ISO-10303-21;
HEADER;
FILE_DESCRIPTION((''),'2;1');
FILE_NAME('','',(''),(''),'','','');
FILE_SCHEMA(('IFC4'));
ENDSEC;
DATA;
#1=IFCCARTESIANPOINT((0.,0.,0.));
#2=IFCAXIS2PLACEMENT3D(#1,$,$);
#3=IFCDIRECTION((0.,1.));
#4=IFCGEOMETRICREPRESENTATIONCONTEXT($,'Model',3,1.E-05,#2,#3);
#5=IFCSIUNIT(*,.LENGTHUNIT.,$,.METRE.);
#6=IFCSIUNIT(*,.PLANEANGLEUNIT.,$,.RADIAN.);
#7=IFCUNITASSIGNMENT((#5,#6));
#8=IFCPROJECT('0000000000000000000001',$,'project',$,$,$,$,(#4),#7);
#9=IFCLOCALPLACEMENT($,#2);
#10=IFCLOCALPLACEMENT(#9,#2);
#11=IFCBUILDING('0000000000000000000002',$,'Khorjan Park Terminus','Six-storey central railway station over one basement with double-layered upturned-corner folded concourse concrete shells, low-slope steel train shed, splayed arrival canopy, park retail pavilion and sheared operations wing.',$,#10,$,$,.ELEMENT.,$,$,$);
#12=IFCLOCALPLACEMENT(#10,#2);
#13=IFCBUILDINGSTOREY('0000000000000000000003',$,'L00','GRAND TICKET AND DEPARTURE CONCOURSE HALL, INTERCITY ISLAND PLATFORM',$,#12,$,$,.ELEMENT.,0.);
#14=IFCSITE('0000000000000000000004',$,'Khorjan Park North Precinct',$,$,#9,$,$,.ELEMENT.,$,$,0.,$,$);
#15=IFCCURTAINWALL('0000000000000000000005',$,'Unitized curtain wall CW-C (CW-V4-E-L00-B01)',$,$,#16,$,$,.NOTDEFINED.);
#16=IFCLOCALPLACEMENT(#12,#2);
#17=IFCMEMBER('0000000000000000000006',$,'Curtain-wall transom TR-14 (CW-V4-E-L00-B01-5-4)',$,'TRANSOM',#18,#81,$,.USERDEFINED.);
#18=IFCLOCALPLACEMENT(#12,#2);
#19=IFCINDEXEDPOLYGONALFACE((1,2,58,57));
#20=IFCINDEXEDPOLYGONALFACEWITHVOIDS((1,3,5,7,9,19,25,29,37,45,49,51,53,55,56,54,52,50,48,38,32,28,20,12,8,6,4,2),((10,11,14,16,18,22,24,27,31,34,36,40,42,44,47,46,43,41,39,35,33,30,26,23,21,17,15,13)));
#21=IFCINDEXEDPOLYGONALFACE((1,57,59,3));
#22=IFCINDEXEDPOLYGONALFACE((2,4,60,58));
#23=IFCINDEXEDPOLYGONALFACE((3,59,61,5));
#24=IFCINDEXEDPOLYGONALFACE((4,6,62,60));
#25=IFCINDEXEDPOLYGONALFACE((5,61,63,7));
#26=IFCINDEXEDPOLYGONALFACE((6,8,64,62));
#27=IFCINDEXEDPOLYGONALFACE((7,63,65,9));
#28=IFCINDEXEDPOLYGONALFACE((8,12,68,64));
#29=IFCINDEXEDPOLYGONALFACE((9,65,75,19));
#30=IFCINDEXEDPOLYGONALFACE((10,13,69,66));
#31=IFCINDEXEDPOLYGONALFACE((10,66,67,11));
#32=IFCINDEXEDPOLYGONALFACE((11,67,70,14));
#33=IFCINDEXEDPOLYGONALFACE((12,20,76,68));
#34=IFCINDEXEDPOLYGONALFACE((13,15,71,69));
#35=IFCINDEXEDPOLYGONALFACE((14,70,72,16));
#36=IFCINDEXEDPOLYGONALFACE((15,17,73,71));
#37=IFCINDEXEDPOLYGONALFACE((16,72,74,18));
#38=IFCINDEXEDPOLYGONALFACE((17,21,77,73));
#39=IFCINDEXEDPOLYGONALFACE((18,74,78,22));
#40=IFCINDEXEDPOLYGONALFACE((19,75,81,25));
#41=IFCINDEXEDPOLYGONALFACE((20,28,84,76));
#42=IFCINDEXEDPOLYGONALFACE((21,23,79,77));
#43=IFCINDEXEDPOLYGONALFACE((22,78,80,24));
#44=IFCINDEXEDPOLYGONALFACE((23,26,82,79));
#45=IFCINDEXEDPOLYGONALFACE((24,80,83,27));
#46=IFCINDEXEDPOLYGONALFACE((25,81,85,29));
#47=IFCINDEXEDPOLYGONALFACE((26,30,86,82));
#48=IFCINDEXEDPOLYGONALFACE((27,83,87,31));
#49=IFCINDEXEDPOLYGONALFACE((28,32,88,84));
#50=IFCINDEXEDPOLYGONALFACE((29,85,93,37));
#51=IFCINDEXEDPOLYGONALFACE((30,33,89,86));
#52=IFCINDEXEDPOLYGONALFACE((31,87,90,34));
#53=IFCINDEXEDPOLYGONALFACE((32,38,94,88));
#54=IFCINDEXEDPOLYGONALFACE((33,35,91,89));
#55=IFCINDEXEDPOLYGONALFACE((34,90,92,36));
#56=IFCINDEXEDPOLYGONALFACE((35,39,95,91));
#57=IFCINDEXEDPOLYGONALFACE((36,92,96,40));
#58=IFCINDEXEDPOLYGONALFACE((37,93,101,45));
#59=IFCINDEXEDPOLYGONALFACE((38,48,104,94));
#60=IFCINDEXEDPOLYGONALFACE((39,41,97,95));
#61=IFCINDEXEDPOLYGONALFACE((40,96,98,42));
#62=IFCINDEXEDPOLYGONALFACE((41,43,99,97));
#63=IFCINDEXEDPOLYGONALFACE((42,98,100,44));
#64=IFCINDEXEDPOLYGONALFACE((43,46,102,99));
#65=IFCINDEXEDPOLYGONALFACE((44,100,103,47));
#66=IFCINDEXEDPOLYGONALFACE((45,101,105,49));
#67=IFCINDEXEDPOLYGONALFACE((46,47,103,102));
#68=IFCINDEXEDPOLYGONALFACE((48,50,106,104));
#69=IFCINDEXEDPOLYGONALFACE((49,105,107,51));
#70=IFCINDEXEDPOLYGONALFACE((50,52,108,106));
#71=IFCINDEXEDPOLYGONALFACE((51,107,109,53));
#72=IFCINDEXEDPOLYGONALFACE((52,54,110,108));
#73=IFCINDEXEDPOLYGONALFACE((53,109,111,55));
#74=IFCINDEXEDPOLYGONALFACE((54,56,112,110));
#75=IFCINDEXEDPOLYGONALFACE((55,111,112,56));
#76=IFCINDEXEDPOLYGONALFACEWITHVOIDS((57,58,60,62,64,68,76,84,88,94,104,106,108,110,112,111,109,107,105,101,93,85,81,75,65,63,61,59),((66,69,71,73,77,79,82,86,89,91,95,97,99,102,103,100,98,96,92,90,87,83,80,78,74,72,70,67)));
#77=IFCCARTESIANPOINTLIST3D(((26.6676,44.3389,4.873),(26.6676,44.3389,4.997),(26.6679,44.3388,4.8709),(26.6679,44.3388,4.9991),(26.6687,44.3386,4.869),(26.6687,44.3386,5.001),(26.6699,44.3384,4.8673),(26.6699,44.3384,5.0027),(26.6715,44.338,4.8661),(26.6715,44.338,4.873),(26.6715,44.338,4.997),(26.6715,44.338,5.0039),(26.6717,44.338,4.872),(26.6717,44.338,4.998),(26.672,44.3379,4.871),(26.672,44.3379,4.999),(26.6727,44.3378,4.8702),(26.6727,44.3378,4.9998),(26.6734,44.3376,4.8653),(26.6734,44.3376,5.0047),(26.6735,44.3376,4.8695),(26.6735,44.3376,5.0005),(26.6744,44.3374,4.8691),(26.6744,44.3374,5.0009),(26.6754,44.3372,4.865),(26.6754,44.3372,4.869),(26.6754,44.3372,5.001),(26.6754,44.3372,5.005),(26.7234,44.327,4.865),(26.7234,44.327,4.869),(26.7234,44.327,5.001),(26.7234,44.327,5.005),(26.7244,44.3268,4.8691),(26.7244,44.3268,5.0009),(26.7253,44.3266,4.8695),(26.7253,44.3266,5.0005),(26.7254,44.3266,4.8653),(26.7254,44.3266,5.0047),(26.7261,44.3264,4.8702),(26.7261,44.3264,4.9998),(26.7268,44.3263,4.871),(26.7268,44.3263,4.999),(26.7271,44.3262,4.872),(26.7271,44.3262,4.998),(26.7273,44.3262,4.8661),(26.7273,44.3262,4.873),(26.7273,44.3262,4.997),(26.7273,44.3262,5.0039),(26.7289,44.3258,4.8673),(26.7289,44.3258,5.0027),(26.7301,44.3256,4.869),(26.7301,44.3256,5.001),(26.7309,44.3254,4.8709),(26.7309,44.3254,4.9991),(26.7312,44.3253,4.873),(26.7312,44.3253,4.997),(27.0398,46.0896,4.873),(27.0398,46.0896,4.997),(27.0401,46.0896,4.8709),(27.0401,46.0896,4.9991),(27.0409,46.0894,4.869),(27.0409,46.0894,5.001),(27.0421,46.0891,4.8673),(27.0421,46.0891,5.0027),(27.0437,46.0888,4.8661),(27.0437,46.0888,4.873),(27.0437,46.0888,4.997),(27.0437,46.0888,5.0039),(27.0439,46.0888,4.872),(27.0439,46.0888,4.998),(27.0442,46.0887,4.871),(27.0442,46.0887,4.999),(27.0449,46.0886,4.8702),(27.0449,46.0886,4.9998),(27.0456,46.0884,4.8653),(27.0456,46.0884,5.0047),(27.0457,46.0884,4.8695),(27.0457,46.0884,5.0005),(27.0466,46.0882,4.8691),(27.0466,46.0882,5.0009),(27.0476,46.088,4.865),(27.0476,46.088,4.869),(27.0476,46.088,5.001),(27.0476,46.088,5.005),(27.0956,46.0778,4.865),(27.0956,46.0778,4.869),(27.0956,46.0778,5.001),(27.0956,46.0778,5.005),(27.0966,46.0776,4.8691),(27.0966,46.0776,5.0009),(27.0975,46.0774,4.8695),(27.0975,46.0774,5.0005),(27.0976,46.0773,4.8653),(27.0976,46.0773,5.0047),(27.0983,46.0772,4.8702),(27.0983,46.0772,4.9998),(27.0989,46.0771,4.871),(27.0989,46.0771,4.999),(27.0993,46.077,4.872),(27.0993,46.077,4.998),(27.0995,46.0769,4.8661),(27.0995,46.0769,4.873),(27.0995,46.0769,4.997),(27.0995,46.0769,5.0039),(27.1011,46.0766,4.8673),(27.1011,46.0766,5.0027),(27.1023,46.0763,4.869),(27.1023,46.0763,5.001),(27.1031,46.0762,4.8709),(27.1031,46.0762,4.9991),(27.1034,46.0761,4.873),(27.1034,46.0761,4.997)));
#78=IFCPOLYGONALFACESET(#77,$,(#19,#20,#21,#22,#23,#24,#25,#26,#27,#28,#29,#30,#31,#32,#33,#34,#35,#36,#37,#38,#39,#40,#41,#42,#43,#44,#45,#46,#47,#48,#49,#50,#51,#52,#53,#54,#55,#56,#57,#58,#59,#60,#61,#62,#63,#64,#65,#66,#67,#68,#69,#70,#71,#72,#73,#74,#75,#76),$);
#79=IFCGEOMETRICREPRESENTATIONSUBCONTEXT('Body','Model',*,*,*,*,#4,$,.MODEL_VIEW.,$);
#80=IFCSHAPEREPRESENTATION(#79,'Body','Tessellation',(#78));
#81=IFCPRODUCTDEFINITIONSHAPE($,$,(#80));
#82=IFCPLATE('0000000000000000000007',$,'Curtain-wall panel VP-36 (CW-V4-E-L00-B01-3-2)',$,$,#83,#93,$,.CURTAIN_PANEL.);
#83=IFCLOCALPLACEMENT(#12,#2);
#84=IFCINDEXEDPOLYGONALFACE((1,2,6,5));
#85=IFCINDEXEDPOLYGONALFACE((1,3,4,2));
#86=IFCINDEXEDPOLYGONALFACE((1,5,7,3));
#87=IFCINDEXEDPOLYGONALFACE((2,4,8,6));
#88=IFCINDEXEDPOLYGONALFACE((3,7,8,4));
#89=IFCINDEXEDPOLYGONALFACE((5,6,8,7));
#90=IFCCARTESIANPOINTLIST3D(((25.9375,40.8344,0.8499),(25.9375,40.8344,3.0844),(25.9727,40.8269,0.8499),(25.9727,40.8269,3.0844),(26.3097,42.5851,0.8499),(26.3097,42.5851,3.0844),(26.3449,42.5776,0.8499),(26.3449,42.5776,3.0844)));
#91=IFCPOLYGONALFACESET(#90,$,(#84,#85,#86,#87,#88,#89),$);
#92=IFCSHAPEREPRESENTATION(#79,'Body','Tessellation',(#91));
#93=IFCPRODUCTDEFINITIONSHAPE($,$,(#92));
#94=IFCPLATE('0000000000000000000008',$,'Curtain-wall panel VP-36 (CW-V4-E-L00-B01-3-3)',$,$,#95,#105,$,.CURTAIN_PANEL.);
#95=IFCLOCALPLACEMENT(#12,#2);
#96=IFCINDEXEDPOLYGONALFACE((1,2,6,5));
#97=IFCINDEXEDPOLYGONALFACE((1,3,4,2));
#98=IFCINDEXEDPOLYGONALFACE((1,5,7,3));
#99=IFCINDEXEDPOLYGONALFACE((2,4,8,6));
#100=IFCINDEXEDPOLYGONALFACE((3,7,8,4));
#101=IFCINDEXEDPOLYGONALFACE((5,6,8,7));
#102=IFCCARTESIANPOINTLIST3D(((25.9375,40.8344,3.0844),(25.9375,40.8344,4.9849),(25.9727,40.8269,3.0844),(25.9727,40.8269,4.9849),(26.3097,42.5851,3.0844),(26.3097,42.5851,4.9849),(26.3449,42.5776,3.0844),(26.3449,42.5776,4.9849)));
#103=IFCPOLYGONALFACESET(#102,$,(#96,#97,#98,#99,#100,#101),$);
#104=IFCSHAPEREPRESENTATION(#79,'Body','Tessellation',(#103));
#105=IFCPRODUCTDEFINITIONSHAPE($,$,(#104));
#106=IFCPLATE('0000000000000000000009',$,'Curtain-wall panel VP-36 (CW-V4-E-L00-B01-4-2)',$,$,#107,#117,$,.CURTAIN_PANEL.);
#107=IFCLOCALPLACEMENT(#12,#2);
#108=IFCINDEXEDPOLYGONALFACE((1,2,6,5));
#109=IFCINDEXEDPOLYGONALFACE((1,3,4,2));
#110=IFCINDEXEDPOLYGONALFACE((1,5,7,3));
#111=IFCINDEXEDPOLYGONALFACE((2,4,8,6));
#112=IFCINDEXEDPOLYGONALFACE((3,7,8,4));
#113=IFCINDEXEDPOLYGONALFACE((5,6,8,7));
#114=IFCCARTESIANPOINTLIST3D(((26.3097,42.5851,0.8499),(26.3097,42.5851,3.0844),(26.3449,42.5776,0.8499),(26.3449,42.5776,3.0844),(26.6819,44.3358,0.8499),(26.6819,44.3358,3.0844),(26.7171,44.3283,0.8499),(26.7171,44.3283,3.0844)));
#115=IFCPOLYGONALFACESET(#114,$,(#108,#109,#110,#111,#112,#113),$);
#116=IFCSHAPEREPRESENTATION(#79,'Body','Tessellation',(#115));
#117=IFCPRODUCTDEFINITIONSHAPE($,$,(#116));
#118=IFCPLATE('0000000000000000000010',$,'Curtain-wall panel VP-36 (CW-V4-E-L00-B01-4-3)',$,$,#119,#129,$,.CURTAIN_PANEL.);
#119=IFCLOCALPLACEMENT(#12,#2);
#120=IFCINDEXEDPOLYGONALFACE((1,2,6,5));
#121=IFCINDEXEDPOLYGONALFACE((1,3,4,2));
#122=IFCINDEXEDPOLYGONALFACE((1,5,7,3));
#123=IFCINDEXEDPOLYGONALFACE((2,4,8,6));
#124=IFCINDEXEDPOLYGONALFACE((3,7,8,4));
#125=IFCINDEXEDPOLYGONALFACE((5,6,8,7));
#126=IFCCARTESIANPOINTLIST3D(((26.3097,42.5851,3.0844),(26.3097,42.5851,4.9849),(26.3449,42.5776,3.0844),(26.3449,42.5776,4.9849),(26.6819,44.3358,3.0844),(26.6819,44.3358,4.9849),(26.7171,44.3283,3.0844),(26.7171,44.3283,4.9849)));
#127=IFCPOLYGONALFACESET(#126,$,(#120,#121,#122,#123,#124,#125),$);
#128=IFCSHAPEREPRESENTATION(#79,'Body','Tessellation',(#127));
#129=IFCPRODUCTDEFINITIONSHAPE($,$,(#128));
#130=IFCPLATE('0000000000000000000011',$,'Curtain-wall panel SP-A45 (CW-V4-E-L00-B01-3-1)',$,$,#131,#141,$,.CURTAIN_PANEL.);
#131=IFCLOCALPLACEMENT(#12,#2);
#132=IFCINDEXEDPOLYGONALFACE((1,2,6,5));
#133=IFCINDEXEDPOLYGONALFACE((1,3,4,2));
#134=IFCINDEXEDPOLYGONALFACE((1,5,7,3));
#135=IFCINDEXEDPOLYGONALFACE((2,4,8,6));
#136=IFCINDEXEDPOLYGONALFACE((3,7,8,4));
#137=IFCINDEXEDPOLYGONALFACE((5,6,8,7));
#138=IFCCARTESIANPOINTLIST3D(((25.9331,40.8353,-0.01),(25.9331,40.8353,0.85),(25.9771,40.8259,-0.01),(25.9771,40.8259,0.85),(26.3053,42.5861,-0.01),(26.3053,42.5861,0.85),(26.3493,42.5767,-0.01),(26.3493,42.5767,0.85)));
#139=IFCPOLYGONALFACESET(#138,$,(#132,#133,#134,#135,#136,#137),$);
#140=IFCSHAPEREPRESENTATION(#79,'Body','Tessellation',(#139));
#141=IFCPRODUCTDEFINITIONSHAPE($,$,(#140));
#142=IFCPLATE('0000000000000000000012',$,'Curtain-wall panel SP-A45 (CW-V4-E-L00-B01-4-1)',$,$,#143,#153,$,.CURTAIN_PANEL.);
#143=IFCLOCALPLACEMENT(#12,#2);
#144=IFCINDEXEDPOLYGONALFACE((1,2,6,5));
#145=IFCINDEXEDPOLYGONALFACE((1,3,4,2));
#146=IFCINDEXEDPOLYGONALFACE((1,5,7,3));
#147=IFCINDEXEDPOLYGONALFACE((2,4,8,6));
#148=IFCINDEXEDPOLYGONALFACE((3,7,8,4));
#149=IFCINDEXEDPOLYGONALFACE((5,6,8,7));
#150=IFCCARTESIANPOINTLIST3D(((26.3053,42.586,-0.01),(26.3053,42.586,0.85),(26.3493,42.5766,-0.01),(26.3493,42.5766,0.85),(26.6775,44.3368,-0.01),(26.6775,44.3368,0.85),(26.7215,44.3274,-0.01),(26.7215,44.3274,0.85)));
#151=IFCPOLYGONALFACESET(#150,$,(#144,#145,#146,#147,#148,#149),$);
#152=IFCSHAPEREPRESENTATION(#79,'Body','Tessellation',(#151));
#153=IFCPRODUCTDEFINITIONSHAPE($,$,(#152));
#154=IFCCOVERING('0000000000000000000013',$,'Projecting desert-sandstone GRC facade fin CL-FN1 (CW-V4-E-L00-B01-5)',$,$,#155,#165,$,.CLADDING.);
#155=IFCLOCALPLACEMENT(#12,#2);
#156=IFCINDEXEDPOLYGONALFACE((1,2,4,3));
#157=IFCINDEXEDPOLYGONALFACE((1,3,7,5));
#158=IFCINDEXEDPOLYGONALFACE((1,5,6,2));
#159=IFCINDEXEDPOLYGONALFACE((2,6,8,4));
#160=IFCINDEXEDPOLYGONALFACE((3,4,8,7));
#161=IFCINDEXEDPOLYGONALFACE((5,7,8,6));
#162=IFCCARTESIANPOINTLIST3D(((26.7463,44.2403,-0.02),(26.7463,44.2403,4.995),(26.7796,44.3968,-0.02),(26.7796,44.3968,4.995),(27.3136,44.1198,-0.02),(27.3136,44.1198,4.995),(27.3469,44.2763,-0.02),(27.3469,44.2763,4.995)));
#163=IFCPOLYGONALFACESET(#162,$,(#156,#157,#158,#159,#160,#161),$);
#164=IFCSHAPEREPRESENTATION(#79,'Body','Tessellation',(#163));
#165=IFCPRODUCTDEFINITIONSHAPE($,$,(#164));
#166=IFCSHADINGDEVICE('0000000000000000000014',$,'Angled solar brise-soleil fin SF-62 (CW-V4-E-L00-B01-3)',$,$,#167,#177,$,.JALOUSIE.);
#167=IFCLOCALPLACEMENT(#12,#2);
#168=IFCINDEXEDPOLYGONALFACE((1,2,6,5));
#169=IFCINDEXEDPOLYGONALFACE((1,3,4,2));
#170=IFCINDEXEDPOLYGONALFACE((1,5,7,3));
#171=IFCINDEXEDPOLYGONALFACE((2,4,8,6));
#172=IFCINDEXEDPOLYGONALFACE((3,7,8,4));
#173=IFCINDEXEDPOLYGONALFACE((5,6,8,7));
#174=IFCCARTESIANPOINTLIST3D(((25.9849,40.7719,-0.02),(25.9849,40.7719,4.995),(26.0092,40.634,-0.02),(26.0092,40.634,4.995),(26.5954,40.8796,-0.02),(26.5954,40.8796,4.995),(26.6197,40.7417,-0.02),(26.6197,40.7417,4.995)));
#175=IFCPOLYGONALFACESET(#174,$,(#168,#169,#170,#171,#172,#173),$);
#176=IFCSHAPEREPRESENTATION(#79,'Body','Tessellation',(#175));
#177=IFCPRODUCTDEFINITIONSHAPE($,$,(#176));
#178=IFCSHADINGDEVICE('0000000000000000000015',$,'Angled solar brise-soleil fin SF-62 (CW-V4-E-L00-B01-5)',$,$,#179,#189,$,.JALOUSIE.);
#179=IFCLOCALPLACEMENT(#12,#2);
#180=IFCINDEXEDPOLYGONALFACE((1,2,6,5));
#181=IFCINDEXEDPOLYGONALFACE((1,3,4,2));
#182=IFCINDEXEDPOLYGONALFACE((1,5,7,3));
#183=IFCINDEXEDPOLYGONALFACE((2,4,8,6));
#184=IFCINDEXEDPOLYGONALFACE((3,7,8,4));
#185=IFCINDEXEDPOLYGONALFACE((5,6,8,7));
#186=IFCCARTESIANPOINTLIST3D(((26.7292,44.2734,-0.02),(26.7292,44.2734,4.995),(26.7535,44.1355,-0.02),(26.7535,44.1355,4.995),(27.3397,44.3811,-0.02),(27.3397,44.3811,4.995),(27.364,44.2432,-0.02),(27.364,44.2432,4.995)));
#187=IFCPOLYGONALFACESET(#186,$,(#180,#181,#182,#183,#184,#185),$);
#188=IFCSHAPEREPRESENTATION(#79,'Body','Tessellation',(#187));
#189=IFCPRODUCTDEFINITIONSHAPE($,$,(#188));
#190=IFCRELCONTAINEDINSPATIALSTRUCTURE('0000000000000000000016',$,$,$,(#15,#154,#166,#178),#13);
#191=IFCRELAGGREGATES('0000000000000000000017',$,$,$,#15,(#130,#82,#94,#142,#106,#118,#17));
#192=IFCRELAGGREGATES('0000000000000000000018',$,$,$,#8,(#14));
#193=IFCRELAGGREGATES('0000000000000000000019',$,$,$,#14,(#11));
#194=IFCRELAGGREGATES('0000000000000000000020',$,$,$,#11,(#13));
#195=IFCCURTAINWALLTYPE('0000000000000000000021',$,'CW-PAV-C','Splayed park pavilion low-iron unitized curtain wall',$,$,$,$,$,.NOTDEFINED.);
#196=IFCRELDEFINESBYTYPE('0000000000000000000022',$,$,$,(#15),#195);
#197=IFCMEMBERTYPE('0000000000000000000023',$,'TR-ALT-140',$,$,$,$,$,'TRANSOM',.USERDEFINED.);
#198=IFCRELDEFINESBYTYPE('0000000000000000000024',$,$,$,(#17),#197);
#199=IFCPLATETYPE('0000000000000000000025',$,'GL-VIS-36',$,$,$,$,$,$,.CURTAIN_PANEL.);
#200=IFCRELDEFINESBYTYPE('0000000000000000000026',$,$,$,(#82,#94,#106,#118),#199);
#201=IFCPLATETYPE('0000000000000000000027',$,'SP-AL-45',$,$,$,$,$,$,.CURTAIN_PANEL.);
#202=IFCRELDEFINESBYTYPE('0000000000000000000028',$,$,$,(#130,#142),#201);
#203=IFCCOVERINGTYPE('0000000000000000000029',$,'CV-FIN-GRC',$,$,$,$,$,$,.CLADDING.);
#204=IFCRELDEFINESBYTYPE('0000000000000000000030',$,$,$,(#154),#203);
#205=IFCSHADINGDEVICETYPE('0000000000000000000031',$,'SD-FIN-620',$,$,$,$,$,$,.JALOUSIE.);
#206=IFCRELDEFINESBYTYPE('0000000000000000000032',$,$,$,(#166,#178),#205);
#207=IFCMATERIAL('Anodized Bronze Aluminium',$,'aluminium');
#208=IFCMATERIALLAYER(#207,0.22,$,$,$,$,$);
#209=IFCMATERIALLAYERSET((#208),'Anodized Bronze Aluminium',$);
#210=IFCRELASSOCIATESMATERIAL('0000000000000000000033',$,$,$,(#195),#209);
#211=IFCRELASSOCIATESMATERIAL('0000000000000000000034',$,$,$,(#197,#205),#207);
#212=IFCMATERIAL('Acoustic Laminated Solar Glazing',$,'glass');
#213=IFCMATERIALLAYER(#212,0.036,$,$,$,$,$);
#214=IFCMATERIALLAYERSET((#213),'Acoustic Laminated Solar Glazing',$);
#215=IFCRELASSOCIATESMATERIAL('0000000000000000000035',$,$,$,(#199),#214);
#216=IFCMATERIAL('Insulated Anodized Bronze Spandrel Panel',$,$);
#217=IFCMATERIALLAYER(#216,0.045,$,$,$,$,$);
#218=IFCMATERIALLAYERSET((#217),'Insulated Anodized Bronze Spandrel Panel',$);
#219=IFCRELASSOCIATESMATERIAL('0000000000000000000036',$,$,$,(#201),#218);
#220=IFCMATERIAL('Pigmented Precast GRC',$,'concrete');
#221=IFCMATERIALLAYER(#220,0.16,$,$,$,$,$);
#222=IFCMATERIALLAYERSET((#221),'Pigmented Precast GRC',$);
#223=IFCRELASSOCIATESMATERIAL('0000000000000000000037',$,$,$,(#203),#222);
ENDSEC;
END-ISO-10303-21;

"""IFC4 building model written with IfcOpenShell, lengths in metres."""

from ifc_helpers import new_model, si_unit, direction, frame, origin, origin_2d, place, context, subcontext, project, spatial, rectangle, hollow_rectangle, extrude, material, layer, layer_set, material_profile, profile_set, type_object, element, aggregate, save


model = new_model("IFC4")

# Units and contexts
model_context = context("Model", 3, precision=1e-05, world=origin(), true_north=direction((0.0, 1.0)))
body_context = subcontext(model_context, "Body", "Model", "MODEL_VIEW")
ifc_project = project(units=[si_unit("LENGTHUNIT", "METRE"), si_unit("PLANEANGLEUNIT", "RADIAN")], contexts=[model_context])

# Site, building, storey
site_placement = place(None, origin())
site = spatial("IfcSite", under=ifc_project, at=site_placement, Name="Khorjan Park North Precinct", CompositionType="ELEMENT", RefElevation=0.0)
building_placement = place(site_placement, origin())
building = spatial("IfcBuilding", under=site, at=building_placement, Name="Khorjan Park Terminus", Description="Six-storey central railway station over one basement with double-layered upturned-corner folded concourse concrete shells, low-slope steel train shed, splayed arrival canopy, park retail pavilion and sheared operations wing.", CompositionType="ELEMENT")
storey_placement = place(building_placement, origin())
storey = spatial("IfcBuildingStorey", under=building, at=storey_placement, Name="L00", Description="GRAND TICKET AND DEPARTURE CONCOURSE HALL, INTERCITY ISLAND PLATFORM", CompositionType="ELEMENT", Elevation=0.0)

# Curtain wall, member, plates
ifc_material_1 = material(Name="Anodized Bronze Aluminium", Category="aluminium")
ifc_layer_1 = layer(ifc_material_1, 0.22)
ifc_layer_set_1 = layer_set([ifc_layer_1], Name="Anodized Bronze Aluminium")
curtain_wall_type = type_object("IfcCurtainWallType", Name="CW-PAV-C", Description="Splayed park pavilion low-iron unitized curtain wall", PredefinedType="NOTDEFINED", material=ifc_layer_set_1)
curtain_wall_placement = place(storey_placement, origin())
curtain_wall = element("IfcCurtainWall", 1, at=curtain_wall_placement, inside=storey, type_object=curtain_wall_type, Name="Unitized curtain wall CW-C (CW-V4-E-L00-B01)", PredefinedType="NOTDEFINED")
ifc_material_profile_1 = material_profile(ifc_material_1, hollow_rectangle(XDim=0.065, YDim=0.14, WallThickness=0.004, InnerFilletRadius=0.004, OuterFilletRadius=0.008, at=origin_2d()), Name="ALT 65x140x4")
ifc_profile_set_1 = profile_set([ifc_material_profile_1], Name="Anodized Bronze Aluminium")
member_type_1 = type_object("IfcMemberType", Name="TR-ALT-140", ElementType="TRANSOM", PredefinedType="USERDEFINED", material=ifc_profile_set_1)
member_1_placement = place(storey_placement, frame((26.6994, 44.3321, 4.935), z_axis=(0.207942, 0.978141, 0.0), x_axis=(-0.978141, 0.207942, 0.0)))
member_1 = element("IfcMember", 2, at=member_1_placement, type_object=member_type_1, Name="Curtain-wall transom TR-14 (CW-V4-E-L00-B01-5-4)", ObjectType="TRANSOM", PredefinedType="USERDEFINED", context=body_context, shape_type="SweptSolid", body=[
    extrude(hollow_rectangle(XDim=0.065, YDim=0.14, WallThickness=0.004, InnerFilletRadius=0.004, OuterFilletRadius=0.008, at=origin_2d()), origin(), (0.0, 0.0, 1.0), 1.7899),
])
ifc_material_2 = material(Name="Acoustic Laminated Solar Glazing", Category="glass")
ifc_layer_2 = layer(ifc_material_2, 0.036)
ifc_layer_set_2 = layer_set([ifc_layer_2], Name="Acoustic Laminated Solar Glazing")
plate_type_1 = type_object("IfcPlateType", Name="GL-VIS-36", PredefinedType="CURTAIN_PANEL", material=ifc_layer_set_2)
plate_1_placement = place(storey_placement, frame((26.1412, 41.706, 0.8499), z_axis=(0.0, 0.0, 1.0), x_axis=(0.207917, 0.978147, 0.0)))
plate_1 = element("IfcPlate", 3, at=plate_1_placement, type_object=plate_type_1, Name="Curtain-wall panel VP-36 (CW-V4-E-L00-B01-3-2)", PredefinedType="CURTAIN_PANEL", context=body_context, shape_type="SweptSolid", body=[
    extrude(rectangle(XDim=1.7899, YDim=0.036, at=origin_2d()), origin(), (0.0, 0.0, 1.0), 2.2345),
])
plate_2_placement = place(storey_placement, frame((26.1412, 41.706, 3.0844), z_axis=(0.0, 0.0, 1.0), x_axis=(0.207917, 0.978147, 0.0)))
plate_2 = element("IfcPlate", 4, at=plate_2_placement, type_object=plate_type_1, Name="Curtain-wall panel VP-36 (CW-V4-E-L00-B01-3-3)", PredefinedType="CURTAIN_PANEL", context=body_context, shape_type="SweptSolid", body=[
    extrude(rectangle(XDim=1.7899, YDim=0.036, at=origin_2d()), origin(), (0.0, 0.0, 1.0), 1.9005),
])
plate_3_placement = place(storey_placement, frame((26.5134, 43.4567, 0.8499), z_axis=(0.0, 0.0, 1.0), x_axis=(0.207917, 0.978147, 0.0)))
plate_3 = element("IfcPlate", 5, at=plate_3_placement, type_object=plate_type_1, Name="Curtain-wall panel VP-36 (CW-V4-E-L00-B01-4-2)", PredefinedType="CURTAIN_PANEL", context=body_context, shape_type="SweptSolid", body=[
    extrude(rectangle(XDim=1.7899, YDim=0.036, at=origin_2d()), origin(), (0.0, 0.0, 1.0), 2.2345),
])
plate_4_placement = place(storey_placement, frame((26.5134, 43.4567, 3.0844), z_axis=(0.0, 0.0, 1.0), x_axis=(0.207917, 0.978147, 0.0)))
plate_4 = element("IfcPlate", 6, at=plate_4_placement, type_object=plate_type_1, Name="Curtain-wall panel VP-36 (CW-V4-E-L00-B01-4-3)", PredefinedType="CURTAIN_PANEL", context=body_context, shape_type="SweptSolid", body=[
    extrude(rectangle(XDim=1.7899, YDim=0.036, at=origin_2d()), origin(), (0.0, 0.0, 1.0), 1.9005),
])
ifc_material_3 = material(Name="Insulated Anodized Bronze Spandrel Panel")
ifc_layer_3 = layer(ifc_material_3, 0.045)
ifc_layer_set_3 = layer_set([ifc_layer_3], Name="Insulated Anodized Bronze Spandrel Panel")
plate_type_2 = type_object("IfcPlateType", Name="SP-AL-45", PredefinedType="CURTAIN_PANEL", material=ifc_layer_set_3)
plate_5_placement = place(storey_placement, frame((26.1412, 41.706, -0.01), z_axis=(0.0, 0.0, 1.0), x_axis=(0.207917, 0.978147, 0.0)))
plate_5 = element("IfcPlate", 7, at=plate_5_placement, type_object=plate_type_2, Name="Curtain-wall panel SP-A45 (CW-V4-E-L00-B01-3-1)", PredefinedType="CURTAIN_PANEL", context=body_context, shape_type="SweptSolid", body=[
    extrude(rectangle(XDim=1.7899, YDim=0.045, at=origin_2d()), origin(), (0.0, 0.0, 1.0), 0.86),
])
plate_6_placement = place(storey_placement, frame((26.5134, 43.4567, -0.01), z_axis=(0.0, 0.0, 1.0), x_axis=(0.207917, 0.978147, 0.0)))
plate_6 = element("IfcPlate", 8, at=plate_6_placement, type_object=plate_type_2, Name="Curtain-wall panel SP-A45 (CW-V4-E-L00-B01-4-1)", PredefinedType="CURTAIN_PANEL", context=body_context, shape_type="SweptSolid", body=[
    extrude(rectangle(XDim=1.7899, YDim=0.045, at=origin_2d()), origin(), (0.0, 0.0, 1.0), 0.86),
])
aggregate(curtain_wall, [plate_5, plate_1, plate_2, plate_6, plate_3, plate_4, member_1])

# Covering
ifc_material_4 = material(Name="Pigmented Precast GRC", Category="concrete")
ifc_layer_4 = layer(ifc_material_4, 0.16)
ifc_layer_set_4 = layer_set([ifc_layer_4], Name="Pigmented Precast GRC")
covering_type = type_object("IfcCoveringType", Name="CV-FIN-GRC", PredefinedType="CLADDING", material=ifc_layer_set_4)
covering_placement = place(storey_placement, frame((27.0466, 44.2583, -0.02), z_axis=(0.0, 0.0, 1.0), x_axis=(-0.978148, 0.207912, 0.0)))
element("IfcCovering", 9, at=covering_placement, inside=storey, type_object=covering_type, Name="Projecting desert-sandstone GRC facade fin CL-FN1 (CW-V4-E-L00-B01-5)", PredefinedType="CLADDING", context=body_context, shape_type="SweptSolid", body=[
    extrude(rectangle(XDim=0.58, YDim=0.16, at=origin_2d()), origin(), (0.0, 0.0, 1.0), 5.015),
])

# Shading devices
shading_device_type = type_object("IfcShadingDeviceType", Name="SD-FIN-620", PredefinedType="JALOUSIE", material=ifc_material_1)
for number, where, z_axis, x_axis, name in (
    (10, (26.3023, 40.7568, -0.02), (0.0, 0.0, 1.0), (-0.984808, -0.173648, 0.0), "Angled solar brise-soleil fin SF-62 (CW-V4-E-L00-B01-3)"),
    (11, (27.0466, 44.2583, -0.02), (0.0, 0.0, 1.0), (-0.984808, -0.173648, 0.0), "Angled solar brise-soleil fin SF-62 (CW-V4-E-L00-B01-5)"),
):
    element("IfcShadingDevice", number, at=place(storey_placement, frame(where, z_axis=z_axis, x_axis=x_axis)), inside=storey, type_object=shading_device_type, Name=name, PredefinedType="JALOUSIE", context=body_context, shape_type="SweptSolid", body=[
        extrude(rectangle(XDim=0.62, YDim=0.14, at=origin_2d()), origin(), (0.0, 0.0, 1.0), 5.015),
    ])

save(model, "model.ifc")
